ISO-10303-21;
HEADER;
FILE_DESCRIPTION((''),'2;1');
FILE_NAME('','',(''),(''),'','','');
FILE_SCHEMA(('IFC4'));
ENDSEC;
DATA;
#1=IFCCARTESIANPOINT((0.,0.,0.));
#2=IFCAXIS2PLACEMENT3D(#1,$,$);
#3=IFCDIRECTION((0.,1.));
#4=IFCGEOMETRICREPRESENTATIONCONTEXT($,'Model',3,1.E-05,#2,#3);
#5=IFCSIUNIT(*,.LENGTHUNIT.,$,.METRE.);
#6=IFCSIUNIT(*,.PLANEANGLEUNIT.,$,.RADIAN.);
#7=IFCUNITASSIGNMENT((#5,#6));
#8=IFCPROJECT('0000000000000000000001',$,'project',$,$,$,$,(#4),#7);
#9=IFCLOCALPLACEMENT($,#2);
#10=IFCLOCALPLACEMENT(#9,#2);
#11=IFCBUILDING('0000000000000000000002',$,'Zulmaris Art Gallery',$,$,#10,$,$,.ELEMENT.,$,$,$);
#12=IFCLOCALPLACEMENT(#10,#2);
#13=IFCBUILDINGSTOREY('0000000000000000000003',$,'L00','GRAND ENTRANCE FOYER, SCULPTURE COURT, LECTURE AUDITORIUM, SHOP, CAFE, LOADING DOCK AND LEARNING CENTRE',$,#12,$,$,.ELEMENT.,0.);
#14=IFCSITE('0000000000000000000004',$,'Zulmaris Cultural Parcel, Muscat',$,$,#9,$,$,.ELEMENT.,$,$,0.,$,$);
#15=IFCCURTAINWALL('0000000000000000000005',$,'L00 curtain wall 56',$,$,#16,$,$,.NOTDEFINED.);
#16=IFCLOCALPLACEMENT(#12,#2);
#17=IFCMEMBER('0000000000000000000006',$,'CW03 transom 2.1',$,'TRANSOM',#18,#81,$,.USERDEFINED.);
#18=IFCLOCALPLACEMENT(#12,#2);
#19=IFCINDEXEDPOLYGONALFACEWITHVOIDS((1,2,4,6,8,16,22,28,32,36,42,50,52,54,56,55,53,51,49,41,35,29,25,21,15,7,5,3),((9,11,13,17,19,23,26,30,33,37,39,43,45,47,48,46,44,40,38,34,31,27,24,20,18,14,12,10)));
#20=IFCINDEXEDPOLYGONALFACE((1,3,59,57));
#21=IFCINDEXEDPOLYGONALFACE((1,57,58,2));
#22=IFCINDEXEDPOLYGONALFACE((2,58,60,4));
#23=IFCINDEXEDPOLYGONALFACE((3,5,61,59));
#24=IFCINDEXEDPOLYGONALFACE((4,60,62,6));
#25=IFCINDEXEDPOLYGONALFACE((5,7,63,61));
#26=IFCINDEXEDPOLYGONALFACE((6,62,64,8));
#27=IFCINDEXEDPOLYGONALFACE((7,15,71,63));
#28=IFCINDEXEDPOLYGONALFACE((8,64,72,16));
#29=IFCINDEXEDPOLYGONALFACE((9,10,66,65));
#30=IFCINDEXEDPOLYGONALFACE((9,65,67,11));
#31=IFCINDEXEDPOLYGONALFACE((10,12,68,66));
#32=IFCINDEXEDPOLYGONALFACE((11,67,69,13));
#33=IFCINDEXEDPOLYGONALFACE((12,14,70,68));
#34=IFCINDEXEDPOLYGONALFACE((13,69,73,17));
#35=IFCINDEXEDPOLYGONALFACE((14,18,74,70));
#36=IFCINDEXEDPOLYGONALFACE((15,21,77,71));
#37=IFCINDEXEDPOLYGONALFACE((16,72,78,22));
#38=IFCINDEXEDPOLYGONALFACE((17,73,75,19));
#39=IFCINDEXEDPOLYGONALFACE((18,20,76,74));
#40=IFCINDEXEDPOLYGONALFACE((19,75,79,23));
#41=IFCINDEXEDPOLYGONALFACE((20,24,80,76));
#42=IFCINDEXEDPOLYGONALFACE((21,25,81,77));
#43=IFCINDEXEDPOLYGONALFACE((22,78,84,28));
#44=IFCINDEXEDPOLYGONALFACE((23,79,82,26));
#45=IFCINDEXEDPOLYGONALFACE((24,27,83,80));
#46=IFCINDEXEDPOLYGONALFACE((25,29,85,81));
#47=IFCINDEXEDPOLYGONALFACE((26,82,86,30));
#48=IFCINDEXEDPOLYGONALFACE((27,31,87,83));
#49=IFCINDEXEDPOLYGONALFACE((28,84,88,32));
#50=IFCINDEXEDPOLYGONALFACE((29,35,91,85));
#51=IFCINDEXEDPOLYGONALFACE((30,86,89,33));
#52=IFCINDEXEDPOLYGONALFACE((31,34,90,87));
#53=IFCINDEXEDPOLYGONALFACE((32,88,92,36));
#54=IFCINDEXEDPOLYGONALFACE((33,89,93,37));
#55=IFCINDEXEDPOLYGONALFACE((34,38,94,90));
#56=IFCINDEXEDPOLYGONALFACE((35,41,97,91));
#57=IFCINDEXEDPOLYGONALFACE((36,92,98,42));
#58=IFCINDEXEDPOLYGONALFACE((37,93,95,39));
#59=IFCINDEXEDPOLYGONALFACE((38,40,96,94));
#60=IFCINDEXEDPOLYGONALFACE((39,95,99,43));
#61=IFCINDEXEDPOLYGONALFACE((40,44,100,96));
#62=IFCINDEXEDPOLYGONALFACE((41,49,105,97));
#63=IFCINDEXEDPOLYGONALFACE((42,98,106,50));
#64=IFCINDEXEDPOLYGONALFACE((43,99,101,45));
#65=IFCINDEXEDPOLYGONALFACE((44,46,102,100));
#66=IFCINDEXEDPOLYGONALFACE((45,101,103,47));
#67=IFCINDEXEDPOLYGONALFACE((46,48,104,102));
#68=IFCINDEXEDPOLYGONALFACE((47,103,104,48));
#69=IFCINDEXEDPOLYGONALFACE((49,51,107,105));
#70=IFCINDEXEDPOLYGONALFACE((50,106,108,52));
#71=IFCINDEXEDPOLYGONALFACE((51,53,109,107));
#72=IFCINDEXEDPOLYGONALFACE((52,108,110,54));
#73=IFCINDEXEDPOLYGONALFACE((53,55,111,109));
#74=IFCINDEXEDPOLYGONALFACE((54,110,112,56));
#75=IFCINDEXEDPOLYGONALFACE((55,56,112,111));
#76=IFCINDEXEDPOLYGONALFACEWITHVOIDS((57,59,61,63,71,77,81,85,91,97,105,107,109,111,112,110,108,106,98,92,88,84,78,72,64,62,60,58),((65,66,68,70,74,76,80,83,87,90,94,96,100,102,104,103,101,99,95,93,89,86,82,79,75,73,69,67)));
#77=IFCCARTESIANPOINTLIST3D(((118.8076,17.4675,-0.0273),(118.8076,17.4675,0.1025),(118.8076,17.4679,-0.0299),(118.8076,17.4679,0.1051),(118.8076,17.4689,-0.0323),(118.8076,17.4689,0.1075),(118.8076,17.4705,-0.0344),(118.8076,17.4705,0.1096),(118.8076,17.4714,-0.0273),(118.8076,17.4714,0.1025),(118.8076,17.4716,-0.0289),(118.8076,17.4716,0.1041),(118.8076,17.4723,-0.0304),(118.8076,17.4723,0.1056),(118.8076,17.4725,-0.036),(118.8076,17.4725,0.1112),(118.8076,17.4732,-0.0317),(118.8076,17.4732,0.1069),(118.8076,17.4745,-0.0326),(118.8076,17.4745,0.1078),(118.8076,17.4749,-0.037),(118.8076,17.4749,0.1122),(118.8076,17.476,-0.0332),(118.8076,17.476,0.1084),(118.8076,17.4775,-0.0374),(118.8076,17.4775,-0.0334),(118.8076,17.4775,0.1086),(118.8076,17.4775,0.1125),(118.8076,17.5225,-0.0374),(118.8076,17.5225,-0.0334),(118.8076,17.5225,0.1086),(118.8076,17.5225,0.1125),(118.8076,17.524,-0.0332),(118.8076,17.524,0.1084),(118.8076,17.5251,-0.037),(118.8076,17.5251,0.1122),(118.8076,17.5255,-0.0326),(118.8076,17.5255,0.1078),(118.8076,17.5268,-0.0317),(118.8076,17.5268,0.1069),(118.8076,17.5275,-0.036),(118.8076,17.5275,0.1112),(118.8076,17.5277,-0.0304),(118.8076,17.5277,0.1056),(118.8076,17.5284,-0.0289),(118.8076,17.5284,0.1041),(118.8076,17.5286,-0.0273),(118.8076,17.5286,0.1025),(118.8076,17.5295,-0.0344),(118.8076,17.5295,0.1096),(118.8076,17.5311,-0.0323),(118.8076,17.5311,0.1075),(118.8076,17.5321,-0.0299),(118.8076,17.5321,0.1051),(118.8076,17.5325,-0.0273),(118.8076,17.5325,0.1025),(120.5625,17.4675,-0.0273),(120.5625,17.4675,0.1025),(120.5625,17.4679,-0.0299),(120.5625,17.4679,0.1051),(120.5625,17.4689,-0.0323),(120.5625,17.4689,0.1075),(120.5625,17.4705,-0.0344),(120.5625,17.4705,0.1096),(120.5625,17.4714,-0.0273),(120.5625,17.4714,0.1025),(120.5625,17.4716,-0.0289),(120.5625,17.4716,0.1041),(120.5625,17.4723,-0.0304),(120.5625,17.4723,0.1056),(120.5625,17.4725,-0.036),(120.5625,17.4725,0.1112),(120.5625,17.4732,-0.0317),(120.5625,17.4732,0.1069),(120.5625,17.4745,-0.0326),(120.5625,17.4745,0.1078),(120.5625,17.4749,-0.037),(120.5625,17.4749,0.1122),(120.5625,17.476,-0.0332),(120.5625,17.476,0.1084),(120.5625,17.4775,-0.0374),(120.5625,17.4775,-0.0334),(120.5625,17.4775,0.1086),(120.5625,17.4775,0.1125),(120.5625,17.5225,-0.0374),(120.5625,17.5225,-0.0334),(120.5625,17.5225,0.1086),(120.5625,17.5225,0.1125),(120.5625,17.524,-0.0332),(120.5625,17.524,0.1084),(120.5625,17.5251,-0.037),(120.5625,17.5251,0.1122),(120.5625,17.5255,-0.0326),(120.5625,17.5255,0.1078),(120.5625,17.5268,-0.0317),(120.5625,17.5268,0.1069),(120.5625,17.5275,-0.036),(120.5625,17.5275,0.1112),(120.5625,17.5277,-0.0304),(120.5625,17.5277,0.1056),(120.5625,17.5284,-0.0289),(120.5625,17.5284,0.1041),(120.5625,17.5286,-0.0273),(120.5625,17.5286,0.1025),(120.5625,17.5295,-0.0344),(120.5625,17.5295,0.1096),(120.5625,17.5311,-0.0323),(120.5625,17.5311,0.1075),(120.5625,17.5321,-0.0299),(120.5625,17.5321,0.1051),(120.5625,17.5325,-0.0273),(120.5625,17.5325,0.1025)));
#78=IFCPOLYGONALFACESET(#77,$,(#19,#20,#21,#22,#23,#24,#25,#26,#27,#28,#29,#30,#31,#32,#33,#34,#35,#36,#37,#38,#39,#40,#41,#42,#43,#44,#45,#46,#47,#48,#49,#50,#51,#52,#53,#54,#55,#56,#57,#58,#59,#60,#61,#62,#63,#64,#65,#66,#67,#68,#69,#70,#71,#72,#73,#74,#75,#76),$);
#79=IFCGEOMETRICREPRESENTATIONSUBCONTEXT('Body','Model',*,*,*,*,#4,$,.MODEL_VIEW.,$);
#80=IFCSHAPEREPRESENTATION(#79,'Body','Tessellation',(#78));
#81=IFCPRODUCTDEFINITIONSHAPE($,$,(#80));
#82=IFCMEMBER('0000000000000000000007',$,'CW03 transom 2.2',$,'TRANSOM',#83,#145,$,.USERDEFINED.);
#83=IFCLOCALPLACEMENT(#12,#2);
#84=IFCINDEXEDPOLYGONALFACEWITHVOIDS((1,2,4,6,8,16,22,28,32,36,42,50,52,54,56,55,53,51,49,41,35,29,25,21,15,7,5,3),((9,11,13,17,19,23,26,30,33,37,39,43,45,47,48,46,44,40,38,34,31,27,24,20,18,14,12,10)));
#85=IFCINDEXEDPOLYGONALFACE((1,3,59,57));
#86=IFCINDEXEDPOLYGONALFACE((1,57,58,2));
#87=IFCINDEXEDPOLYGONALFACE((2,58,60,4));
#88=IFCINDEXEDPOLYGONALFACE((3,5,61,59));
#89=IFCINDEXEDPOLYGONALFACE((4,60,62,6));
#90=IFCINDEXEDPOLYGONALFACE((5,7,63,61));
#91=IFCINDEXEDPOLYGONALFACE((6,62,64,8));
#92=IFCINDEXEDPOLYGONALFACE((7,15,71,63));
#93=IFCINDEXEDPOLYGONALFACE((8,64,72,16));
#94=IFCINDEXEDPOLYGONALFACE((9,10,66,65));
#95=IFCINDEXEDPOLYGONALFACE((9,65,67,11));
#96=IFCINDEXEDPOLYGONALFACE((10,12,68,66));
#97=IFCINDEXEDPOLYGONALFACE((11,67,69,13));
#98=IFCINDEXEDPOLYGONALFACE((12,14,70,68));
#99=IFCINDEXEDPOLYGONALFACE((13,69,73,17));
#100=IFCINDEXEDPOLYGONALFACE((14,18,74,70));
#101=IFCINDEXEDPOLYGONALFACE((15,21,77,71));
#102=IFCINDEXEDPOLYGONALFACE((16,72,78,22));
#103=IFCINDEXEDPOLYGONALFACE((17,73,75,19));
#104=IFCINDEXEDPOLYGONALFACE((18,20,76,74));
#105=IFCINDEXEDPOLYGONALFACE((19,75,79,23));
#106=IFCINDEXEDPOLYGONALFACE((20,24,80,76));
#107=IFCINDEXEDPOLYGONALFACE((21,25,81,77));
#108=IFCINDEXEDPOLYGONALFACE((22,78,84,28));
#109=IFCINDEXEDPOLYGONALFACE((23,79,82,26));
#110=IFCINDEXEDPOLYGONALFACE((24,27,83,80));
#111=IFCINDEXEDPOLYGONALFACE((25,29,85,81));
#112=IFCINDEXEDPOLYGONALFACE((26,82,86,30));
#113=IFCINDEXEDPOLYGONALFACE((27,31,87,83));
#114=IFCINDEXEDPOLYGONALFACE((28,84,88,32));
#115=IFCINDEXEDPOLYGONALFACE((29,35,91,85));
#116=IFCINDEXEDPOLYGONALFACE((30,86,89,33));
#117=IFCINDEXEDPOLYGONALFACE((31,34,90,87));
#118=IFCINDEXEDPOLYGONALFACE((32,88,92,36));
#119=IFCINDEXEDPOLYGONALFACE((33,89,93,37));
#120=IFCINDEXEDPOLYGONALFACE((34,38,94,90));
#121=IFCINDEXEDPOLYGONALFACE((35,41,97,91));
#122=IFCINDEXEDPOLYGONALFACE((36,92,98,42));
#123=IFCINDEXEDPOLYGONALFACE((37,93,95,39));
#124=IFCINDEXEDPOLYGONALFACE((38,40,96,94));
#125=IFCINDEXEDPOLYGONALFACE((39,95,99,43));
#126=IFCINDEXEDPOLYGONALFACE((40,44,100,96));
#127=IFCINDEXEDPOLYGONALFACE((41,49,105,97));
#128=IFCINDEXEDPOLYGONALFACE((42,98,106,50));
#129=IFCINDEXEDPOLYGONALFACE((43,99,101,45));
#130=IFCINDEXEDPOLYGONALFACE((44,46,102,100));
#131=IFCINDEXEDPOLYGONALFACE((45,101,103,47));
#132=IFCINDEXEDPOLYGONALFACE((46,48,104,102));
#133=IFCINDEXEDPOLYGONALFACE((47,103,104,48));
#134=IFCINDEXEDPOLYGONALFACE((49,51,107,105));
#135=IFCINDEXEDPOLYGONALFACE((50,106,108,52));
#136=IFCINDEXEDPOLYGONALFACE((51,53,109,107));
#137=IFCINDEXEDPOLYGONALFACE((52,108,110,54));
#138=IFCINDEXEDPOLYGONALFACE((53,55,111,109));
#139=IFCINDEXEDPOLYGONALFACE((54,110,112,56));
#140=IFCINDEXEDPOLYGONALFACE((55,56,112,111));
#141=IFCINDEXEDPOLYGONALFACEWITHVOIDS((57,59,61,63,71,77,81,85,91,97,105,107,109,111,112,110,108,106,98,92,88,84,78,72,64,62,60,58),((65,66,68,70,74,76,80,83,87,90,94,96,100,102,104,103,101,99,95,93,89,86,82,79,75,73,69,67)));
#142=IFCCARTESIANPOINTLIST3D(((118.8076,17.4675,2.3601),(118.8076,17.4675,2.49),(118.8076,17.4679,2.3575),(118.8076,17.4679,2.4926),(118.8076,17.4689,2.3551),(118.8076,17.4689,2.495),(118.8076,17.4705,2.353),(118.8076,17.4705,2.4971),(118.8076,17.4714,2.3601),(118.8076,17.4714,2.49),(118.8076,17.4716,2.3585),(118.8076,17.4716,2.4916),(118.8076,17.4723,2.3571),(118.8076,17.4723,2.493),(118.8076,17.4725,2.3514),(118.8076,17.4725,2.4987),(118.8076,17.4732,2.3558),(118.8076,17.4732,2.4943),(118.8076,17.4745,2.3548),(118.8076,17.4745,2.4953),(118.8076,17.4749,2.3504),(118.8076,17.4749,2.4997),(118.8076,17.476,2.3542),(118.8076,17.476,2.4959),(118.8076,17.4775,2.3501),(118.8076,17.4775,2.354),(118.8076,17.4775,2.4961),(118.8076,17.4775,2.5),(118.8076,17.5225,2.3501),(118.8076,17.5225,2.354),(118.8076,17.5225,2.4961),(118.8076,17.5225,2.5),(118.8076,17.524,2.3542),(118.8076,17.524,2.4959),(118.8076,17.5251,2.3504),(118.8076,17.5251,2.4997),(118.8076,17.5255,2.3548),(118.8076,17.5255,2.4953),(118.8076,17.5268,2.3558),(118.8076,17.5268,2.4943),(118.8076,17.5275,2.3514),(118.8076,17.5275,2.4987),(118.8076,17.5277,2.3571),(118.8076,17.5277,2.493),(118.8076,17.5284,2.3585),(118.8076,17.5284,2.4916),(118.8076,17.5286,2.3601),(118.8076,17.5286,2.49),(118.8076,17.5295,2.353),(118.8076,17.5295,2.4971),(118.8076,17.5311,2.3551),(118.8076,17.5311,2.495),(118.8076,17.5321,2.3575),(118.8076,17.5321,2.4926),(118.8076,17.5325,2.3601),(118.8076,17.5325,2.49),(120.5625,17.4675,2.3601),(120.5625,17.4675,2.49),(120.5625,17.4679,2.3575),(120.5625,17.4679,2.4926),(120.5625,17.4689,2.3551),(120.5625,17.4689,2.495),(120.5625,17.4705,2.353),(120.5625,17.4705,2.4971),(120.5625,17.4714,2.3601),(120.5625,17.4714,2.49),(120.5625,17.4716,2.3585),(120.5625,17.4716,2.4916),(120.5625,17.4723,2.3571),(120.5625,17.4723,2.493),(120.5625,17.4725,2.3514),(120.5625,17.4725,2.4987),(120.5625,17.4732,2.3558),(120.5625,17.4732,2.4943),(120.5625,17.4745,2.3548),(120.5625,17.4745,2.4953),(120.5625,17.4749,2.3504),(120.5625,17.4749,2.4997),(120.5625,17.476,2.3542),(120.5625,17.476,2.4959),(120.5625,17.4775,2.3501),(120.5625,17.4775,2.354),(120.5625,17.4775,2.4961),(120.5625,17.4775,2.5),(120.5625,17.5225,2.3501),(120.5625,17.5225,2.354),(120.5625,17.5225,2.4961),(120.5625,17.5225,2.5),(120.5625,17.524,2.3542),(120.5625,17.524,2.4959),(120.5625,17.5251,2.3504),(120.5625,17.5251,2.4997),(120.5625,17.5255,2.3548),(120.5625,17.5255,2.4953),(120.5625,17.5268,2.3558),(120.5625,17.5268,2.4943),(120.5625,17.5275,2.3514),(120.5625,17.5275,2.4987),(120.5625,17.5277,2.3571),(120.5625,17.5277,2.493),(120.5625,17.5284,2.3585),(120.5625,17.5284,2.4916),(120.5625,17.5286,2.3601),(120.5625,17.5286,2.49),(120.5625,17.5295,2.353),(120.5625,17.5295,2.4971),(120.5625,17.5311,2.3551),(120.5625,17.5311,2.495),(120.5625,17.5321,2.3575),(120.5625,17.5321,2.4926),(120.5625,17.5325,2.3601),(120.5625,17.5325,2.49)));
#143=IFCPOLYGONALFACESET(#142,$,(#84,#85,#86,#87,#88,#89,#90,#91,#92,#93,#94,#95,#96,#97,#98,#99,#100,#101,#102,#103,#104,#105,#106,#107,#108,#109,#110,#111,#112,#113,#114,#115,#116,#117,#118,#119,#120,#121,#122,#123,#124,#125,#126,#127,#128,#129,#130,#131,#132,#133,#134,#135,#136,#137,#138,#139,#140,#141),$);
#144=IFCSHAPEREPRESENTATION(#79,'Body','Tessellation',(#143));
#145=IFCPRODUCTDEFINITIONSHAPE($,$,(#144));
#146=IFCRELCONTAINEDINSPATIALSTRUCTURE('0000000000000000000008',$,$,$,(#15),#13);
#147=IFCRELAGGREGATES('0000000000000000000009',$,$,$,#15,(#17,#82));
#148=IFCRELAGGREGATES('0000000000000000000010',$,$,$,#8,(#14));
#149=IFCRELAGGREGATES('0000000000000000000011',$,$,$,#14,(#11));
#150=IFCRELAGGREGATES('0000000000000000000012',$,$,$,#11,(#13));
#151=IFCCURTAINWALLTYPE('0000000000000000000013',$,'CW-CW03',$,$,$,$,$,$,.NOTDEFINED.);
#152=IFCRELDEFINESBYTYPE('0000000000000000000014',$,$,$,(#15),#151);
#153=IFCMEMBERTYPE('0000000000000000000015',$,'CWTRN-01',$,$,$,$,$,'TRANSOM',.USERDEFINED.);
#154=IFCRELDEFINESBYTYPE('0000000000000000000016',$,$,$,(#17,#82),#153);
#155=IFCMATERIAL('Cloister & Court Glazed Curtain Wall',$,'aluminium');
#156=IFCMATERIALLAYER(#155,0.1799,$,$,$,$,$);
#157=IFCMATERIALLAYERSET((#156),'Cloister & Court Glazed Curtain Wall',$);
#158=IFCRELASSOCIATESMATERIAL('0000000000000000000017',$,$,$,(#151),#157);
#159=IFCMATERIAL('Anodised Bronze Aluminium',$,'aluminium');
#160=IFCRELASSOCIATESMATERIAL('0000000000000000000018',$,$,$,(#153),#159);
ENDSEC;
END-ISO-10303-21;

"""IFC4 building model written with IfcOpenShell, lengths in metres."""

from ifc_helpers import new_model, si_unit, direction, frame, origin, origin_2d, place, context, subcontext, project, spatial, hollow_rectangle, extrude, material, layer, layer_set, material_profile, profile_set, type_object, element, aggregate, save


model = new_model("IFC4")

# Units and contexts
model_context = context("Model", 3, precision=1e-05, world=origin(), true_north=direction((0.0, 1.0)))
body_context = subcontext(model_context, "Body", "Model", "MODEL_VIEW")
ifc_project = project(units=[si_unit("LENGTHUNIT", "METRE"), si_unit("PLANEANGLEUNIT", "RADIAN")], contexts=[model_context])

# Site, building, storey
site_placement = place(None, origin())
site = spatial("IfcSite", under=ifc_project, at=site_placement, Name="Zulmaris Cultural Parcel, Muscat", CompositionType="ELEMENT", RefElevation=0.0)
building_placement = place(site_placement, origin())
building = spatial("IfcBuilding", under=site, at=building_placement, Name="Zulmaris Art Gallery", CompositionType="ELEMENT")
storey_placement = place(building_placement, origin())
storey = spatial("IfcBuildingStorey", under=building, at=storey_placement, Name="L00", Description="GRAND ENTRANCE FOYER, SCULPTURE COURT, LECTURE AUDITORIUM, SHOP, CAFE, LOADING DOCK AND LEARNING CENTRE", CompositionType="ELEMENT", Elevation=0.0)

# Curtain wall, members
ifc_material_1 = material(Name="Cloister & Court Glazed Curtain Wall", Category="aluminium")
ifc_layer_1 = layer(ifc_material_1, 0.1799)
ifc_layer_set_1 = layer_set([ifc_layer_1], Name="Cloister & Court Glazed Curtain Wall")
curtain_wall_type = type_object("IfcCurtainWallType", Name="CW-CW03", PredefinedType="NOTDEFINED", material=ifc_layer_set_1)
curtain_wall_placement = place(storey_placement, origin())
curtain_wall = element("IfcCurtainWall", 1, at=curtain_wall_placement, inside=storey, type_object=curtain_wall_type, Name="L00 curtain wall 56", PredefinedType="NOTDEFINED")
ifc_material_2 = material(Name="Anodised Bronze Aluminium", Category="aluminium")
ifc_material_profile_1 = material_profile(ifc_material_2, hollow_rectangle(XDim=0.0649, YDim=0.1499, WallThickness=0.0039, InnerFilletRadius=0.0061, OuterFilletRadius=0.01, at=origin_2d()), Name="ALU 65x150x4")
ifc_profile_set_1 = profile_set([ifc_material_profile_1], Name="Anodised Bronze Aluminium")
member_type_1 = type_object("IfcMemberType", Name="CWTRN-01", ElementType="TRANSOM", PredefinedType="USERDEFINED", material=ifc_profile_set_1)
member_1_placement = place(storey_placement, frame((118.8076, 17.5, 0.0376), z_axis=(1.0, 0.0, 0.0), x_axis=(0.0, 1.0, 0.0)))
member_1 = element("IfcMember", 2, at=member_1_placement, type_object=member_type_1, Name="CW03 transom 2.1", ObjectType="TRANSOM", PredefinedType="USERDEFINED", context=body_context, shape_type="SweptSolid", body=[
    extrude(hollow_rectangle(XDim=0.0649, YDim=0.1499, WallThickness=0.0039, InnerFilletRadius=0.0061, OuterFilletRadius=0.01, at=origin_2d()), origin(), (0.0, 0.0, 1.0), 1.7549),
])
member_2_placement = place(storey_placement, frame((118.8076, 17.5, 2.425), z_axis=(1.0, 0.0, 0.0), x_axis=(0.0, 1.0, 0.0)))
member_2 = element("IfcMember", 3, at=member_2_placement, type_object=member_type_1, Name="CW03 transom 2.2", ObjectType="TRANSOM", PredefinedType="USERDEFINED", context=body_context, shape_type="SweptSolid", body=[
    extrude(hollow_rectangle(XDim=0.0649, YDim=0.1499, WallThickness=0.0039, InnerFilletRadius=0.0061, OuterFilletRadius=0.01, at=origin_2d()), origin(), (0.0, 0.0, 1.0), 1.7549),
])
aggregate(curtain_wall, [member_1, member_2])

save(model, "model.ifc")
